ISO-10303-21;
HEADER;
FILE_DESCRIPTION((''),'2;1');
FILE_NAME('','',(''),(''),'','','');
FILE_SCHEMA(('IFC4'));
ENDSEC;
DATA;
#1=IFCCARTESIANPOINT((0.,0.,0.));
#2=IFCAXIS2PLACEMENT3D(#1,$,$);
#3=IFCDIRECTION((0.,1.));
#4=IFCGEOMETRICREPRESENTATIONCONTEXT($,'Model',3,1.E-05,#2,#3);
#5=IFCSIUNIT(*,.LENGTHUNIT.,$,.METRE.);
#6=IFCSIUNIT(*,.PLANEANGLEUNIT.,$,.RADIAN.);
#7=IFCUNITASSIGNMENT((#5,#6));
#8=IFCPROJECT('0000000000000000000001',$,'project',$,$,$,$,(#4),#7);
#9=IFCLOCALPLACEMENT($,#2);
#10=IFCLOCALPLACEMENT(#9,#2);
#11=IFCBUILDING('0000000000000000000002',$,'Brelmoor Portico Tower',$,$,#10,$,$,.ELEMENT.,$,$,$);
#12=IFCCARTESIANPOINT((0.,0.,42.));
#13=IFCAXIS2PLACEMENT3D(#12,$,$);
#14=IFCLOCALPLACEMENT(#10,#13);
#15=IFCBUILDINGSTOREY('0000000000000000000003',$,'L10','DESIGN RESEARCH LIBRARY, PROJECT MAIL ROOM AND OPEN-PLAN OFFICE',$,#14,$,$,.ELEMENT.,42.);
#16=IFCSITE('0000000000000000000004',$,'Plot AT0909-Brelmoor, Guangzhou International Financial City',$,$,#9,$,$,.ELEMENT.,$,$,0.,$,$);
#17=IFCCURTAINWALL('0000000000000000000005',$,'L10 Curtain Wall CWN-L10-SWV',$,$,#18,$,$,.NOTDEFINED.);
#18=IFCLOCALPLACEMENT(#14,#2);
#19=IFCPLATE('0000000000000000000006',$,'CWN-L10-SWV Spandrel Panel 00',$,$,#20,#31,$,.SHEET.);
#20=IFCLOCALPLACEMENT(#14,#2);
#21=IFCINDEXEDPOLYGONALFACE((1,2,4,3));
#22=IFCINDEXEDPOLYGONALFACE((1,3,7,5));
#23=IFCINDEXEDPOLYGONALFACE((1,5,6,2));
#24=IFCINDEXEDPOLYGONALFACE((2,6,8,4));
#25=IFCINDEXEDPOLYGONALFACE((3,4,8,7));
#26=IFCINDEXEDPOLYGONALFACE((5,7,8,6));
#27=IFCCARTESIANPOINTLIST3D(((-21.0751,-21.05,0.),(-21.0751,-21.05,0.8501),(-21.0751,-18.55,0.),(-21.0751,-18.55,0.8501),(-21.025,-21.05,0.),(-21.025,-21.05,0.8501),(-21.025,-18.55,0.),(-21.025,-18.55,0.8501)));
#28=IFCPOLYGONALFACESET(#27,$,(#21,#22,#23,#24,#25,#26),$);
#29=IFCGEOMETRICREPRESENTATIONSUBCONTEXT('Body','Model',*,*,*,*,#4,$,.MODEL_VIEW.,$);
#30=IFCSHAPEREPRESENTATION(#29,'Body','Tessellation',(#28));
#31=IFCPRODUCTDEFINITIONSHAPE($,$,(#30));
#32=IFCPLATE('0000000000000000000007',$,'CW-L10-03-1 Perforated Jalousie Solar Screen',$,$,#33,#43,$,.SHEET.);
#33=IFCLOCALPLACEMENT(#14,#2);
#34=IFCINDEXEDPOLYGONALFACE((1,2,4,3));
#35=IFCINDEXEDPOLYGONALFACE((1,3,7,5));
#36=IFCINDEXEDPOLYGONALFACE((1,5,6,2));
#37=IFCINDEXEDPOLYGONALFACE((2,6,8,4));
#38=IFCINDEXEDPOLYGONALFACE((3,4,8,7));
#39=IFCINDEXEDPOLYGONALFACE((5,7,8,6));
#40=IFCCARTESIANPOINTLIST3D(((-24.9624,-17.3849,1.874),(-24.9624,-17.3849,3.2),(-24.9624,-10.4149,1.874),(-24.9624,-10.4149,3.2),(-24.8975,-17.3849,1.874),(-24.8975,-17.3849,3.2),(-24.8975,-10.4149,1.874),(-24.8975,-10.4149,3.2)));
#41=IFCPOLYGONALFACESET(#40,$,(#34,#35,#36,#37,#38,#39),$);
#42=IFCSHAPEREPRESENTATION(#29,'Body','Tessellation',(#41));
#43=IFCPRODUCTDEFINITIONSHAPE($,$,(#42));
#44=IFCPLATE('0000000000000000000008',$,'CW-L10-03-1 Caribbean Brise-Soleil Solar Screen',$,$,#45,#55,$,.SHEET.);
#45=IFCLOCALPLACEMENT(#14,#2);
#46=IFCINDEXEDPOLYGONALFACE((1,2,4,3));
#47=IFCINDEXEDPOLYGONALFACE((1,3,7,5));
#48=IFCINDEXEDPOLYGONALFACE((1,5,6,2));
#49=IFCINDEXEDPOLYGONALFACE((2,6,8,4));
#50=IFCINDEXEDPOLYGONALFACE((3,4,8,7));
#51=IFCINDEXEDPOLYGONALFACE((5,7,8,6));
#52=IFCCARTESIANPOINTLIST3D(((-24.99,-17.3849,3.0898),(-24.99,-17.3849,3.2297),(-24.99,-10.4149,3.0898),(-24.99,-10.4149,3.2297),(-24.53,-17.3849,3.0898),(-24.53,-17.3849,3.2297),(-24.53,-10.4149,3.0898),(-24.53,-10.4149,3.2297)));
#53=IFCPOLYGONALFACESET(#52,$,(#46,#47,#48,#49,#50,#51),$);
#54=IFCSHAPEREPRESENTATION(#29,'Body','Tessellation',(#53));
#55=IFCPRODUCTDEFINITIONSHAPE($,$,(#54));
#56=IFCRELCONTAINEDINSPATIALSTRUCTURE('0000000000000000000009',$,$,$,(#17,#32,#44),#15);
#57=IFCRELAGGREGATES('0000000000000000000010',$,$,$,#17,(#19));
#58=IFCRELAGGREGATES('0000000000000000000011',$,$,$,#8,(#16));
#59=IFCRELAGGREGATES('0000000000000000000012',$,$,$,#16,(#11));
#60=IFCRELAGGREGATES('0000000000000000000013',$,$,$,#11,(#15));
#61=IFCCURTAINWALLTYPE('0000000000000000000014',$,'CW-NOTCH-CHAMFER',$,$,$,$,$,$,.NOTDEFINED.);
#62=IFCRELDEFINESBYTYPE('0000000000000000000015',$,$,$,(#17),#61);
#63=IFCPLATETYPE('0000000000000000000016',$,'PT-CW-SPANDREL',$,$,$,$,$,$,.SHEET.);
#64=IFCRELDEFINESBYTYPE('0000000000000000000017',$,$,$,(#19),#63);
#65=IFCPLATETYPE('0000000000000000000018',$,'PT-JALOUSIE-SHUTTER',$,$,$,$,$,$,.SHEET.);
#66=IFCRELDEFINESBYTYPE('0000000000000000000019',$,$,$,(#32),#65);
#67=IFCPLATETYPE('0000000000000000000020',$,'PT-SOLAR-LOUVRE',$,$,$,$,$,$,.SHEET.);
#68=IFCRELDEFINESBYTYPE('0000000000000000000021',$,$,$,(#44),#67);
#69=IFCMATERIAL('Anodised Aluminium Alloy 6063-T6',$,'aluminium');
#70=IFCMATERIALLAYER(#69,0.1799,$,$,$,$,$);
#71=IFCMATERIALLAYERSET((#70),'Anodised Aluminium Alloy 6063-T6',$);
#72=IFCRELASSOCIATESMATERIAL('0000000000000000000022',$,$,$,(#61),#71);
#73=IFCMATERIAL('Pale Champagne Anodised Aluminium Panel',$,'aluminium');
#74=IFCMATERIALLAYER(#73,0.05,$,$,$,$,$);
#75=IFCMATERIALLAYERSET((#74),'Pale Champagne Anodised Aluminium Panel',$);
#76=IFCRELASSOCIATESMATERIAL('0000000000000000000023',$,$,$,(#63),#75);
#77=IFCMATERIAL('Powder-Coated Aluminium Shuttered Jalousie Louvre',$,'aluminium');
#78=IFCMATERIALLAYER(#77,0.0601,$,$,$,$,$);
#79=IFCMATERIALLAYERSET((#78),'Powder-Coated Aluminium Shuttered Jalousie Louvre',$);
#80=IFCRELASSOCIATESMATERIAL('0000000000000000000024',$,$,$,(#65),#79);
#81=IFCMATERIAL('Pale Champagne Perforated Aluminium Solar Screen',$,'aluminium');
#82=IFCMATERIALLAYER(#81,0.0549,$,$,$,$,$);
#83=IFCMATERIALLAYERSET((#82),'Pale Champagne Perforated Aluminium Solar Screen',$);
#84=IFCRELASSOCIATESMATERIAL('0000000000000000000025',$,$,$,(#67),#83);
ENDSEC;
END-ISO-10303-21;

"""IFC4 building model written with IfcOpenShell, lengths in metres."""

from ifc_helpers import new_model, si_unit, direction, frame, origin, origin_2d, place, context, subcontext, project, spatial, rectangle, extrude, material, layer, layer_set, type_object, element, aggregate, save


model = new_model("IFC4")

# Units and contexts
model_context = context("Model", 3, precision=1e-05, world=origin(), true_north=direction((0.0, 1.0)))
body_context = subcontext(model_context, "Body", "Model", "MODEL_VIEW")
ifc_project = project(units=[si_unit("LENGTHUNIT", "METRE"), si_unit("PLANEANGLEUNIT", "RADIAN")], contexts=[model_context])

# Site, building, storey
site_placement = place(None, origin())
site = spatial("IfcSite", under=ifc_project, at=site_placement, Name="Plot AT0909-Brelmoor, Guangzhou International Financial City", CompositionType="ELEMENT", RefElevation=0.0)
building_placement = place(site_placement, origin())
building = spatial("IfcBuilding", under=site, at=building_placement, Name="Brelmoor Portico Tower", CompositionType="ELEMENT")
storey_placement = place(building_placement, frame((0.0, 0.0, 42.0)))
storey = spatial("IfcBuildingStorey", under=building, at=storey_placement, Name="L10", Description="DESIGN RESEARCH LIBRARY, PROJECT MAIL ROOM AND OPEN-PLAN OFFICE", CompositionType="ELEMENT", Elevation=42.0)

# Curtain wall
ifc_material_1 = material(Name="Anodised Aluminium Alloy 6063-T6", Category="aluminium")
ifc_layer_1 = layer(ifc_material_1, 0.1799)
ifc_layer_set_1 = layer_set([ifc_layer_1], Name="Anodised Aluminium Alloy 6063-T6")
curtain_wall_type_1 = type_object("IfcCurtainWallType", Name="CW-NOTCH-CHAMFER", PredefinedType="NOTDEFINED", material=ifc_layer_set_1)
curtain_wall_1_placement = place(storey_placement, origin())
curtain_wall_1 = element("IfcCurtainWall", 1, at=curtain_wall_1_placement, inside=storey, type_object=curtain_wall_type_1, Name="L10 Curtain Wall CWN-L10-SWV", PredefinedType="NOTDEFINED")

# Plate
ifc_material_2 = material(Name="Pale Champagne Anodised Aluminium Panel", Category="aluminium")
ifc_layer_2 = layer(ifc_material_2, 0.05)
ifc_layer_set_2 = layer_set([ifc_layer_2], Name="Pale Champagne Anodised Aluminium Panel")
plate_type_1 = type_object("IfcPlateType", Name="PT-CW-SPANDREL", PredefinedType="SHEET", material=ifc_layer_set_2)
plate_1_placement = place(storey_placement, frame((-21.05, -19.8, 0.0), z_axis=(0.0, 0.0, 1.0), x_axis=(0.0, 1.0, 0.0)))
plate_1 = element("IfcPlate", 2, at=plate_1_placement, type_object=plate_type_1, Name="CWN-L10-SWV Spandrel Panel 00", PredefinedType="SHEET", context=body_context, shape_type="SweptSolid", body=[
    extrude(rectangle(XDim=2.5, YDim=0.05, at=origin_2d()), origin(), (0.0, 0.0, 1.0), 0.8501),
])
aggregate(curtain_wall_1, [plate_1])

# Plates
ifc_material_3 = material(Name="Powder-Coated Aluminium Shuttered Jalousie Louvre", Category="aluminium")
ifc_layer_3 = layer(ifc_material_3, 0.0601)
ifc_layer_set_3 = layer_set([ifc_layer_3], Name="Powder-Coated Aluminium Shuttered Jalousie Louvre")
plate_type_2 = type_object("IfcPlateType", Name="PT-JALOUSIE-SHUTTER", PredefinedType="SHEET", material=ifc_layer_set_3)
plate_2_placement = place(storey_placement, frame((-24.9299, -13.8999, 1.874), z_axis=(0.0, 0.0, 1.0), x_axis=(0.0, 1.0, 0.0)))
element("IfcPlate", 3, at=plate_2_placement, inside=storey, type_object=plate_type_2, Name="CW-L10-03-1 Perforated Jalousie Solar Screen", PredefinedType="SHEET", context=body_context, shape_type="SweptSolid", body=[
    extrude(rectangle(XDim=6.97, YDim=0.0649, at=origin_2d()), origin(), (0.0, 0.0, 1.0), 1.3259),
])
ifc_material_4 = material(Name="Pale Champagne Perforated Aluminium Solar Screen", Category="aluminium")
ifc_layer_4 = layer(ifc_material_4, 0.0549)
ifc_layer_set_4 = layer_set([ifc_layer_4], Name="Pale Champagne Perforated Aluminium Solar Screen")
plate_type_3 = type_object("IfcPlateType", Name="PT-SOLAR-LOUVRE", PredefinedType="SHEET", material=ifc_layer_set_4)
plate_3_placement = place(storey_placement, frame((-24.76, -13.8999, 3.0898), z_axis=(0.0, 0.0, 1.0), x_axis=(0.0, 1.0, 0.0)))
element("IfcPlate", 4, at=plate_3_placement, inside=storey, type_object=plate_type_3, Name="CW-L10-03-1 Caribbean Brise-Soleil Solar Screen", PredefinedType="SHEET", context=body_context, shape_type="SweptSolid", body=[
    extrude(rectangle(XDim=6.97, YDim=0.46, at=origin_2d()), origin(), (0.0, 0.0, 1.0), 0.1399),
])

save(model, "model.ifc")
